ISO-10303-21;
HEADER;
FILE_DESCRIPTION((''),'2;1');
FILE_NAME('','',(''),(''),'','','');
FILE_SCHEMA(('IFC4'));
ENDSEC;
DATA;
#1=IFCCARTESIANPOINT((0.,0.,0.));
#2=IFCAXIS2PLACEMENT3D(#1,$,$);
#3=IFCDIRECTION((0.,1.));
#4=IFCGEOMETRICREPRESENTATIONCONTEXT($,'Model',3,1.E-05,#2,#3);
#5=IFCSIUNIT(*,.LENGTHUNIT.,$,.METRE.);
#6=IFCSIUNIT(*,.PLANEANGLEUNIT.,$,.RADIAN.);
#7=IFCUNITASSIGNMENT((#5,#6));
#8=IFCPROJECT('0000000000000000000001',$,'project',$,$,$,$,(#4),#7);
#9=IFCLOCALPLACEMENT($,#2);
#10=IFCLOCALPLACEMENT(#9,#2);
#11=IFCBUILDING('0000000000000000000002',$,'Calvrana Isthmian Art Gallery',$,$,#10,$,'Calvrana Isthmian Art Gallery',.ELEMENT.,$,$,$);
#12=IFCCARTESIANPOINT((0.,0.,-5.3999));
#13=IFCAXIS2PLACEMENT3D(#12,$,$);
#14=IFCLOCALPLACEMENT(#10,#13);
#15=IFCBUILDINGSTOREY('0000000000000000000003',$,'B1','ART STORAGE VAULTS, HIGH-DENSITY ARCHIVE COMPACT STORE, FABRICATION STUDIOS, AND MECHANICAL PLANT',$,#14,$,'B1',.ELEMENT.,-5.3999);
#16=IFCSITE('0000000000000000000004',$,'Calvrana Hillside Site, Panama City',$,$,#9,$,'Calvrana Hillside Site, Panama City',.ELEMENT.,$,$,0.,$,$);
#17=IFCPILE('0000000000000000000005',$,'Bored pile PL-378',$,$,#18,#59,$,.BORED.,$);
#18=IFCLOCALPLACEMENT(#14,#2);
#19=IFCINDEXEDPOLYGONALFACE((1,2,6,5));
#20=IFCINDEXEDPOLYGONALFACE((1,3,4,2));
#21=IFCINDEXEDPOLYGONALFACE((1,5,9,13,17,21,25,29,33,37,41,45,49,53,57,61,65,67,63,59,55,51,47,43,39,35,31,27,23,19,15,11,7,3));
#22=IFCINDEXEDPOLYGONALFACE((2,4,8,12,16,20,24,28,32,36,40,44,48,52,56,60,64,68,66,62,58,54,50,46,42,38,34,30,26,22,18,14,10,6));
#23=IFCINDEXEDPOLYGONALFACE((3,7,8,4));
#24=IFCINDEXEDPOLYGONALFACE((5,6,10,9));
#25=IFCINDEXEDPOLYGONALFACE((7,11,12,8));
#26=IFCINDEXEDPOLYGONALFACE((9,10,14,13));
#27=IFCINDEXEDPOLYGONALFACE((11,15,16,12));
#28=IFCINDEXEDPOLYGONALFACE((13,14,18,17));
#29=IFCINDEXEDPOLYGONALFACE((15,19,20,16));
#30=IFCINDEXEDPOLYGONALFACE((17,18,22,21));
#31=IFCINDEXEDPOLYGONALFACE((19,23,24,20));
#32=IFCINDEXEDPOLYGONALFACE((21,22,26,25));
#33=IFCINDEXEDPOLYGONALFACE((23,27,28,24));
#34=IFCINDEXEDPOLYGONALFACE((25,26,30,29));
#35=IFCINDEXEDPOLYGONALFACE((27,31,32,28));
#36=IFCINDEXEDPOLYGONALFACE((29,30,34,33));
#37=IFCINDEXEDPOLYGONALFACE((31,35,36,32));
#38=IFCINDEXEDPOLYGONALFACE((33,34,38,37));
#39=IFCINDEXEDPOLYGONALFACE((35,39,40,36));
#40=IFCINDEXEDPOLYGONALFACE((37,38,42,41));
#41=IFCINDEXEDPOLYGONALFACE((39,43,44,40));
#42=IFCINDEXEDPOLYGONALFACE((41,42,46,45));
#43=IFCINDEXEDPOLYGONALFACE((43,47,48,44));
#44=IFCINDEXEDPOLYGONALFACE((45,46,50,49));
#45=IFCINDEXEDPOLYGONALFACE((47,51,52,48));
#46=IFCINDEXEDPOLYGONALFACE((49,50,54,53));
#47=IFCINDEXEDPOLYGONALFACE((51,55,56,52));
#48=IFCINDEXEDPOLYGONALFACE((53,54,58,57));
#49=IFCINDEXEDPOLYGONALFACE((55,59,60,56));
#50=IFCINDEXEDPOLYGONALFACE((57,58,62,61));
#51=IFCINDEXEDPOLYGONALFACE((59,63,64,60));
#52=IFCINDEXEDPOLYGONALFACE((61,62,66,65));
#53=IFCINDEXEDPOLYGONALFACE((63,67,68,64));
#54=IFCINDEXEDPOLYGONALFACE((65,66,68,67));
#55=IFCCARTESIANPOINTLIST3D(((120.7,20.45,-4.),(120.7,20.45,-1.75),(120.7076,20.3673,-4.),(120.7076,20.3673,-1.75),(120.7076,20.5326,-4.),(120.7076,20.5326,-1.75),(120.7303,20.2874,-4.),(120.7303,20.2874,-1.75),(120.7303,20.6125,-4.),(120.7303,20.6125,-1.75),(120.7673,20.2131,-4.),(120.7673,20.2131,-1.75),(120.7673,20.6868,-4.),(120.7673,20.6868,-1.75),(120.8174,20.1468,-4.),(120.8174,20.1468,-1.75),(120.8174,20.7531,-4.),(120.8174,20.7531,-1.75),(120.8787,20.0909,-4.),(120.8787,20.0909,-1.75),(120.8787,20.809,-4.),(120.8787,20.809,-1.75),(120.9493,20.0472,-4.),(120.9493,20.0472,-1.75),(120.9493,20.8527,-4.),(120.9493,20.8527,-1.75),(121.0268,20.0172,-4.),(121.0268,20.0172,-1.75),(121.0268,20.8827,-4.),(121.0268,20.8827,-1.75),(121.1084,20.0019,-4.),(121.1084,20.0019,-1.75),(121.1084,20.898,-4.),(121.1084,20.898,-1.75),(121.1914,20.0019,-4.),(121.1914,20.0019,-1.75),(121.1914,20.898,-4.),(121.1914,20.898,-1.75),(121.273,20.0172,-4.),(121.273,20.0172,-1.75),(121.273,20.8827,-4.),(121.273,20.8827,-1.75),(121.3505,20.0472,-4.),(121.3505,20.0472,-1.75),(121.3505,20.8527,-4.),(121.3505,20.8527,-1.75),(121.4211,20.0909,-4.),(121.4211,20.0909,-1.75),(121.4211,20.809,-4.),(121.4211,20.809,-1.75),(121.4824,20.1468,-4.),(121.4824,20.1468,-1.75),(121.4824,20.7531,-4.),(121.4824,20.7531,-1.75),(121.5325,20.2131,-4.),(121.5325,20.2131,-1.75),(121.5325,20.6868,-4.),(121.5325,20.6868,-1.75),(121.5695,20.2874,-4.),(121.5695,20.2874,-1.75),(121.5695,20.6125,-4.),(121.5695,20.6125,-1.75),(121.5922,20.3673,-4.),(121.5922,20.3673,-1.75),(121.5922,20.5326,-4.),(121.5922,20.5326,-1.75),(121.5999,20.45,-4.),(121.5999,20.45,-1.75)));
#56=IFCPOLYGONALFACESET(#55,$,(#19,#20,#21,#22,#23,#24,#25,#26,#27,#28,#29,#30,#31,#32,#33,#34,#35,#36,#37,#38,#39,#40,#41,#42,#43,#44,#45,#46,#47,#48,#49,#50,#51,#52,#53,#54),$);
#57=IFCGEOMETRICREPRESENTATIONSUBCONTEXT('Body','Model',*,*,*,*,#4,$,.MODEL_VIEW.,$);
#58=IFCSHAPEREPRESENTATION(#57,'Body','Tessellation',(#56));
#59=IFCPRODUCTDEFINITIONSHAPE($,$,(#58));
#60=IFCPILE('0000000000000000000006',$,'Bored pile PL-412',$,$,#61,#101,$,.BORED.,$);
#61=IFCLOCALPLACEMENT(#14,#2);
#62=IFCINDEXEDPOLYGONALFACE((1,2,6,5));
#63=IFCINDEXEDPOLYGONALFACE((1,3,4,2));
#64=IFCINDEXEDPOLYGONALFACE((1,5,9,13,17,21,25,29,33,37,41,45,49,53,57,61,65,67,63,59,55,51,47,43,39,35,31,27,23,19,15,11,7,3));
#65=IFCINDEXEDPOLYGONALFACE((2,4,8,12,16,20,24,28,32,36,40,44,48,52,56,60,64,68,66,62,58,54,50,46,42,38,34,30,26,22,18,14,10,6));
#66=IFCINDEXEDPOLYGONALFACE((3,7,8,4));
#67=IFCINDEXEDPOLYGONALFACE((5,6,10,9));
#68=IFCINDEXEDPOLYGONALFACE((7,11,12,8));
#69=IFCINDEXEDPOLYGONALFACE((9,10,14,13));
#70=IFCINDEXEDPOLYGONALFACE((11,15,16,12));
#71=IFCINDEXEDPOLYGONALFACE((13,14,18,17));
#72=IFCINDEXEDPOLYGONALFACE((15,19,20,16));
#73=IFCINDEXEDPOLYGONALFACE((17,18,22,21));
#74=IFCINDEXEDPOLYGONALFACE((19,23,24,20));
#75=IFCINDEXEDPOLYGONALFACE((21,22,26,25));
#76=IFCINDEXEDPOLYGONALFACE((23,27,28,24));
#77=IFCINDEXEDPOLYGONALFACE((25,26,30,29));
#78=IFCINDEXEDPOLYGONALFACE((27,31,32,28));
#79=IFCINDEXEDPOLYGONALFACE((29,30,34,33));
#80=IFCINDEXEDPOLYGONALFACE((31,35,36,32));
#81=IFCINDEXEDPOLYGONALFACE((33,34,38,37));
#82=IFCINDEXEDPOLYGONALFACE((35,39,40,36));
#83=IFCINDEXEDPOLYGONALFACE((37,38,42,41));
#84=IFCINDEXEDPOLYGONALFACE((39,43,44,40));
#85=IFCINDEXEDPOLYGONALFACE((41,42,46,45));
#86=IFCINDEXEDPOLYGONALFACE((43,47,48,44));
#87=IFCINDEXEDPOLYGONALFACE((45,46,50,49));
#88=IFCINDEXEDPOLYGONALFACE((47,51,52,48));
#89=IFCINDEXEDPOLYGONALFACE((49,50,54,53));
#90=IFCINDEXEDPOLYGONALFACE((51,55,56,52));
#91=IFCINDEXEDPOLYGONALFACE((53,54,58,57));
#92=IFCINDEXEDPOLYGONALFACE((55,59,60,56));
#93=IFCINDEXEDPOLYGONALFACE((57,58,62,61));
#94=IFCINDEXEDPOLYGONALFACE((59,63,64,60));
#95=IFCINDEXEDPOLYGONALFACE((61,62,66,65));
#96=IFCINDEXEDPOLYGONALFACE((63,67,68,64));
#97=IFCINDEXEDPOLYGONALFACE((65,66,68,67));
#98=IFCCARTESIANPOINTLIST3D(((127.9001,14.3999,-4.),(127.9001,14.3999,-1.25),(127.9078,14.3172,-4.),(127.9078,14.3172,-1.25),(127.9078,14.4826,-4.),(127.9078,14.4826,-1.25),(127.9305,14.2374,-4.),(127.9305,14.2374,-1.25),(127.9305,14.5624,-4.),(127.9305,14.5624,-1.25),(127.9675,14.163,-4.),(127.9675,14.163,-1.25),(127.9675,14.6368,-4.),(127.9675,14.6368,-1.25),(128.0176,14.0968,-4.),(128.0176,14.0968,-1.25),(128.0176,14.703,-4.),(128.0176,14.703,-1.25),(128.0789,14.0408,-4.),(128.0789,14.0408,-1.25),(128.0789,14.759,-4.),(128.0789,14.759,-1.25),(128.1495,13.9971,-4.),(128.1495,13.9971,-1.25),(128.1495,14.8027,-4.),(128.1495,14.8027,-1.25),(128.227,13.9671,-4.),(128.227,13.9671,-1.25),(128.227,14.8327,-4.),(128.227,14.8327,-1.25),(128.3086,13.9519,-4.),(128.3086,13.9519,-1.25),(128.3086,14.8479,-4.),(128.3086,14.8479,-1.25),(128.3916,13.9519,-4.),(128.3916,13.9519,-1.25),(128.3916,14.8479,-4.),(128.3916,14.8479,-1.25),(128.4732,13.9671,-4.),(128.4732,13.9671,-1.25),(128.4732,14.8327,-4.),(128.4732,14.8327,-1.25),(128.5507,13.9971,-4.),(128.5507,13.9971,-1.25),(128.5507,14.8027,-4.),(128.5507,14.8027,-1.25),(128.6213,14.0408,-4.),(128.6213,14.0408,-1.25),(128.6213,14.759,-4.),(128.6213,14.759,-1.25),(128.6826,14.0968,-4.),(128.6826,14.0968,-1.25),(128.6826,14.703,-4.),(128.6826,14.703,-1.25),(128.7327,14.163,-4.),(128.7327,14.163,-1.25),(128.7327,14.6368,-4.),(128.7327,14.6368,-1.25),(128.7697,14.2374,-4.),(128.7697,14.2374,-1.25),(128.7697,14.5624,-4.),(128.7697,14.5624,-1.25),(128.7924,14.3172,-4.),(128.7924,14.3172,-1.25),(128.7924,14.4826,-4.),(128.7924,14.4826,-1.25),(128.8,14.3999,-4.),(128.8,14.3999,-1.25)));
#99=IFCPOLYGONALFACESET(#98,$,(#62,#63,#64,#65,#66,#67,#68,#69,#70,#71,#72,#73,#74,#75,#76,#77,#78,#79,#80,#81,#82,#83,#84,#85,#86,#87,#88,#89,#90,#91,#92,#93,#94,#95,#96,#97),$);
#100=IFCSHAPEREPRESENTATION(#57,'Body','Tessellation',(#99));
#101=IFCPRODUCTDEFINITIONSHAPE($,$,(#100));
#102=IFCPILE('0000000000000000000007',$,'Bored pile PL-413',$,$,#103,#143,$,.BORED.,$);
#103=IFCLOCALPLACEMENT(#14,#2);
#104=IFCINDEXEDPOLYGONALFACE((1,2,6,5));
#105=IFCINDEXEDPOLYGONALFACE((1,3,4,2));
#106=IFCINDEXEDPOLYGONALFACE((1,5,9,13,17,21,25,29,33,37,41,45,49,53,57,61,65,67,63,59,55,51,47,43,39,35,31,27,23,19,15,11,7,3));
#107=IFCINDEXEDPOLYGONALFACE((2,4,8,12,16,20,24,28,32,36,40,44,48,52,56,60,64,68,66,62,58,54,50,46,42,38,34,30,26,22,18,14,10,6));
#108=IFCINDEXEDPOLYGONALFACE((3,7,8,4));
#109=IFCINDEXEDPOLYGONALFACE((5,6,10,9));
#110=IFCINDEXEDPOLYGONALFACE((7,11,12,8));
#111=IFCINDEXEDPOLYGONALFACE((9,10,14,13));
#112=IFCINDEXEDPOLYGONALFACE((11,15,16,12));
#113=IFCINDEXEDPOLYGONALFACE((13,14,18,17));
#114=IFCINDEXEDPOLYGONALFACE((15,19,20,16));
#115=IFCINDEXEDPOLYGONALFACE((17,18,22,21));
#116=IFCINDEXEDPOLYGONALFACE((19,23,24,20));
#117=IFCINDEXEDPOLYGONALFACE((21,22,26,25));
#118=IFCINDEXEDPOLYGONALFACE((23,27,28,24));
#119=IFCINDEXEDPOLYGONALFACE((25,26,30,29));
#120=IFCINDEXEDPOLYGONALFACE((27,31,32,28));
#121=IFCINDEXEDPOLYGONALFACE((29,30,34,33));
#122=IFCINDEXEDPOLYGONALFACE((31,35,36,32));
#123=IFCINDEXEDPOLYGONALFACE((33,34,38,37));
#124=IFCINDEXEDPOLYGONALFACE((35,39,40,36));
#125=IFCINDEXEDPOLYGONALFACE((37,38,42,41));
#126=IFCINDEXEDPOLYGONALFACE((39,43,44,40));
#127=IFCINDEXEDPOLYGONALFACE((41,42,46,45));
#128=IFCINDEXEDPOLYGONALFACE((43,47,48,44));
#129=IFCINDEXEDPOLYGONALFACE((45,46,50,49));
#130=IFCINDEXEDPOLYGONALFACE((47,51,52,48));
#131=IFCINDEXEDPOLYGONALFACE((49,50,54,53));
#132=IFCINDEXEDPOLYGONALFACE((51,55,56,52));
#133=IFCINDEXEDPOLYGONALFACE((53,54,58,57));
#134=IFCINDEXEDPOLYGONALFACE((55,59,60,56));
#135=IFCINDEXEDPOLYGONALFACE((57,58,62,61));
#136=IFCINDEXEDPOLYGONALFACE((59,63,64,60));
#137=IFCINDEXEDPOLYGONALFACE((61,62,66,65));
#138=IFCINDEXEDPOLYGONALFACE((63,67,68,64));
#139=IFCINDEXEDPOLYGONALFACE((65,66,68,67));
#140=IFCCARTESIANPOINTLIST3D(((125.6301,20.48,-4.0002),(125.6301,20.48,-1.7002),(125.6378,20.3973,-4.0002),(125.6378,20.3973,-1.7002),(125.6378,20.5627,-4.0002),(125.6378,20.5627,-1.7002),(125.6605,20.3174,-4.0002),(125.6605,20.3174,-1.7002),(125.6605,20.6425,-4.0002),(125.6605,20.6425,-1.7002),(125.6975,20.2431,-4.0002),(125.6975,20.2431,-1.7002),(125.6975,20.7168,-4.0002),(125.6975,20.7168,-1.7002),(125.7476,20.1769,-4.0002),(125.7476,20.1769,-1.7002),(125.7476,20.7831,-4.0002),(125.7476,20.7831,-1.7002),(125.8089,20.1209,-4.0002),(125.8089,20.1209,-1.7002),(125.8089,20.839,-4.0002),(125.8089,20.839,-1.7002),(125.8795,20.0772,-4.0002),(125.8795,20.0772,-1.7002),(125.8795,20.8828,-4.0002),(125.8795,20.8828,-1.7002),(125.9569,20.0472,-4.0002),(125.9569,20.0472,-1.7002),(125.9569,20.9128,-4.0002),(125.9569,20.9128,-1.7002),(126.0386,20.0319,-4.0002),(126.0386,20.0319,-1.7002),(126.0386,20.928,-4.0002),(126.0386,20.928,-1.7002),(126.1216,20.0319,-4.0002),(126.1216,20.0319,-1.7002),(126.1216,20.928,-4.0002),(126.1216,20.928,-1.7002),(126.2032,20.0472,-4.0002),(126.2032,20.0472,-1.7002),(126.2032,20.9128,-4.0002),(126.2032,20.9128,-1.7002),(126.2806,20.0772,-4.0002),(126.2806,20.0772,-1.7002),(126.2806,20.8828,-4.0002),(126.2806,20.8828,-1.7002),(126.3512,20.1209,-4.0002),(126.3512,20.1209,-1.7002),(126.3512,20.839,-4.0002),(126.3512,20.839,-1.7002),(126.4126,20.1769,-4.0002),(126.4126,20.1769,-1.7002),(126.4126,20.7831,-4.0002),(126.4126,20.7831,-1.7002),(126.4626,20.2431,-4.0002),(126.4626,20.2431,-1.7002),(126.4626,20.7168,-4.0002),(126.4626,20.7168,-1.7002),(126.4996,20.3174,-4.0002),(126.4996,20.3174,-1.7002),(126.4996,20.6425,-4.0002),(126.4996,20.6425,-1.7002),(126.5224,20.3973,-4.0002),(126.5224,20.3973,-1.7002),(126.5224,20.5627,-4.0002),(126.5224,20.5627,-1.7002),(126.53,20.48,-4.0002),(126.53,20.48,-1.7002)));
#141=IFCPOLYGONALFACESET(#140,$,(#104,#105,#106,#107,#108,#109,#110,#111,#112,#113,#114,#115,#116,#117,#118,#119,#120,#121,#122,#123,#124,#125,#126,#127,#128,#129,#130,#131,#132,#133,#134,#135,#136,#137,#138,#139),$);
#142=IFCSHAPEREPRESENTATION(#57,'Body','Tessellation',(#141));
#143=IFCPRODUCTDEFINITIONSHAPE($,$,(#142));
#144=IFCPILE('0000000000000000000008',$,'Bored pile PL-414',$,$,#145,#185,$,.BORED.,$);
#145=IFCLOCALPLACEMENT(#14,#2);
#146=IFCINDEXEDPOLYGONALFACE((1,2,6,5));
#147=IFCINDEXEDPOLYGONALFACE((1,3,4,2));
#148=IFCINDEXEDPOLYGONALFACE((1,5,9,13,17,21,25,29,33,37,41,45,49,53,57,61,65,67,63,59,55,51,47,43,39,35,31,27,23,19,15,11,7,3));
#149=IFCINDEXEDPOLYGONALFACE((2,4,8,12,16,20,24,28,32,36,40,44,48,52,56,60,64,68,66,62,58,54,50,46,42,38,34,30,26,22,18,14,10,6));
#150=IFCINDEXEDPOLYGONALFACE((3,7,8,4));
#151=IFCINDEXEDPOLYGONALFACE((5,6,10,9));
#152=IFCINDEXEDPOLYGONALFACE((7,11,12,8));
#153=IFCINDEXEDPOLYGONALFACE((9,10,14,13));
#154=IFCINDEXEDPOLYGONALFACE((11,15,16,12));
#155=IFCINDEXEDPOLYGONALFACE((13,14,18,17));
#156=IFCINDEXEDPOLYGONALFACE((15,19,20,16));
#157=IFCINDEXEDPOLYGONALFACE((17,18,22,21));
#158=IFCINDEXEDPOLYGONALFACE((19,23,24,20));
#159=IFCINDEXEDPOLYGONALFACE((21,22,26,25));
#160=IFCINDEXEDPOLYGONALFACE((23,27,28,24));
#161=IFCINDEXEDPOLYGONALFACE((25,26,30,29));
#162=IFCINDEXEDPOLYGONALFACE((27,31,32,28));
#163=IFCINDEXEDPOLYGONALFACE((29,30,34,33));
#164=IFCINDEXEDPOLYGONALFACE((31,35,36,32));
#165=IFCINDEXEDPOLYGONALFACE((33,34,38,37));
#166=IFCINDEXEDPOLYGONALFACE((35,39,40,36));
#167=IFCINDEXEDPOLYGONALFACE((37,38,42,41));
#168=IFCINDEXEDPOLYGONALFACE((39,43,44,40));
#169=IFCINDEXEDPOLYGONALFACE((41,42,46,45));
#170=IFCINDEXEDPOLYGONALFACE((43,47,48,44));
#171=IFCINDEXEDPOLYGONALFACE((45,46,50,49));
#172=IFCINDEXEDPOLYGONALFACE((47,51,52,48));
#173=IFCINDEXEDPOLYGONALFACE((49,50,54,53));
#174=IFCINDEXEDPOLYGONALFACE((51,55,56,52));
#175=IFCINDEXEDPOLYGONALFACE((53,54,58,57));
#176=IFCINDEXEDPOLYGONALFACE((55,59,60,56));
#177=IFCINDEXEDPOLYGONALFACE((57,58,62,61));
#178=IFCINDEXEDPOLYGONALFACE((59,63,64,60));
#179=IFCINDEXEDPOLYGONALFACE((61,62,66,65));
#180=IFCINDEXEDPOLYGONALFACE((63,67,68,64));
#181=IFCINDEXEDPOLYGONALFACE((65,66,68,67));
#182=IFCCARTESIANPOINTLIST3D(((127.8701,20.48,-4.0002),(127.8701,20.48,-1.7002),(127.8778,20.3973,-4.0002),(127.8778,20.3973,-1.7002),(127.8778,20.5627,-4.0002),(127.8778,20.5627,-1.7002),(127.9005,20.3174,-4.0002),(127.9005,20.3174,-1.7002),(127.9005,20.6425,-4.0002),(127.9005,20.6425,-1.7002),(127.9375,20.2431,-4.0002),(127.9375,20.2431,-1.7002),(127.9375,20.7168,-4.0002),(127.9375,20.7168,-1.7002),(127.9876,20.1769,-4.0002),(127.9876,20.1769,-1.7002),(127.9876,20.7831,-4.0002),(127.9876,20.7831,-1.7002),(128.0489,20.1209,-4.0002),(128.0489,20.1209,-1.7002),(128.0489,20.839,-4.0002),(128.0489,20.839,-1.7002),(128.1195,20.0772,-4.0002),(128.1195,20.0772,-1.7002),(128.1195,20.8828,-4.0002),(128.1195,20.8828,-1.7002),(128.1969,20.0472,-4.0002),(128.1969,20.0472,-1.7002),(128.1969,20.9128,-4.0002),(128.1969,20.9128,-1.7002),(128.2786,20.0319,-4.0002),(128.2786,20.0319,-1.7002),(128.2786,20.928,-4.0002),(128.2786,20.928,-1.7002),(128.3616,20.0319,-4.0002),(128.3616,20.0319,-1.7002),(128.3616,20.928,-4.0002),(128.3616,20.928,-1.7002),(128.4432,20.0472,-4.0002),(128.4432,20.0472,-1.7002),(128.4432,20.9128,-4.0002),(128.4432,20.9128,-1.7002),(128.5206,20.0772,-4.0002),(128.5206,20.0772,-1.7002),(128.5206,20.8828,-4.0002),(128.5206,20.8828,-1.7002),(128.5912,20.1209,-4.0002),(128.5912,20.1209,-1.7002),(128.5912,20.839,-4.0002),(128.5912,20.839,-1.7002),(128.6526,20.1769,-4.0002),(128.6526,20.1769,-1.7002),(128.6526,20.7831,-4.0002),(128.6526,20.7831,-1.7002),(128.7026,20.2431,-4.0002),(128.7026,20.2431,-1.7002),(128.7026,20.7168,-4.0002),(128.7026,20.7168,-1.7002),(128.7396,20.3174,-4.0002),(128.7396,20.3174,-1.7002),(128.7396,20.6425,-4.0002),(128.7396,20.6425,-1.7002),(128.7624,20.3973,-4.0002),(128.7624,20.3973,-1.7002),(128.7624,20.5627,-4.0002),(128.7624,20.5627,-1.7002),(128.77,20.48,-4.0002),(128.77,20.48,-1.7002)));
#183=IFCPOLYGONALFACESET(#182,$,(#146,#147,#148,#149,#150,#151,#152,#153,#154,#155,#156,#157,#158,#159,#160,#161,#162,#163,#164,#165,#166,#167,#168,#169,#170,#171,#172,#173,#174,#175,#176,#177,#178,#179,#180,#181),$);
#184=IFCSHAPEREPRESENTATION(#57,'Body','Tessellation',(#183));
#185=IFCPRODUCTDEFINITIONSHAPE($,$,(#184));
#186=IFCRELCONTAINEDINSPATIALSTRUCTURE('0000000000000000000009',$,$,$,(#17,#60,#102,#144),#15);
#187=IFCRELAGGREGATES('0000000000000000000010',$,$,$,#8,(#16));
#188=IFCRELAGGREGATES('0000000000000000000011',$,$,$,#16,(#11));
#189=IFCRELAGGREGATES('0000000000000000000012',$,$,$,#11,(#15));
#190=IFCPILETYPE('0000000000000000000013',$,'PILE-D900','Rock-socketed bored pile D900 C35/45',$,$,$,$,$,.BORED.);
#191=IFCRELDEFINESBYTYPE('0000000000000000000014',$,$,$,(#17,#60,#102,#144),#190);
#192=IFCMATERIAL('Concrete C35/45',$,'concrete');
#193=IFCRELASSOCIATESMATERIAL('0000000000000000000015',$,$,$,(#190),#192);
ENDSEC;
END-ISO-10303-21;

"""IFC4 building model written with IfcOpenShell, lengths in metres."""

from ifc_helpers import new_model, si_unit, direction, frame, origin, origin_2d, place, context, subcontext, project, spatial, circle, extrude, material, material_profile, profile_set, type_object, element, save


model = new_model("IFC4")

# Units and contexts
model_context = context("Model", 3, precision=1e-05, world=origin(), true_north=direction((0.0, 1.0)))
body_context = subcontext(model_context, "Body", "Model", "MODEL_VIEW")
ifc_project = project(units=[si_unit("LENGTHUNIT", "METRE"), si_unit("PLANEANGLEUNIT", "RADIAN")], contexts=[model_context])

# Site, building, storey
site_placement = place(None, origin())
site = spatial("IfcSite", under=ifc_project, at=site_placement, Name="Calvrana Hillside Site, Panama City", LongName="Calvrana Hillside Site, Panama City", CompositionType="ELEMENT", RefElevation=0.0)
building_placement = place(site_placement, origin())
building = spatial("IfcBuilding", under=site, at=building_placement, Name="Calvrana Isthmian Art Gallery", LongName="Calvrana Isthmian Art Gallery", CompositionType="ELEMENT")
storey_placement = place(building_placement, frame((0.0, 0.0, -5.3999)))
storey = spatial("IfcBuildingStorey", under=building, at=storey_placement, Name="B1", Description="ART STORAGE VAULTS, HIGH-DENSITY ARCHIVE COMPACT STORE, FABRICATION STUDIOS, AND MECHANICAL PLANT", LongName="B1", CompositionType="ELEMENT", Elevation=-5.3999)

# Shared definitions
ifc_material_1 = material(Name="Concrete C35/45", Category="concrete")

# Piles
ifc_material_profile_1 = material_profile(ifc_material_1, circle(Radius=0.45, at=origin_2d()), Name="PILE900D")
ifc_profile_set_1 = profile_set([ifc_material_profile_1], Name="Concrete C35/45")
pile_type_1 = type_object("IfcPileType", Name="PILE-D900", Description="Rock-socketed bored pile D900 C35/45", PredefinedType="BORED", material=ifc_profile_set_1)
pile_1_placement = place(storey_placement, frame((121.1499, 20.45, -1.75), z_axis=(0.0, 0.0, -1.0), x_axis=(1.0, 0.0, 0.0)))
element("IfcPile", 1, at=pile_1_placement, inside=storey, type_object=pile_type_1, Name="Bored pile PL-378", PredefinedType="BORED", context=body_context, shape_type="SweptSolid", body=[
    extrude(circle(Radius=0.45, at=origin_2d()), origin(), (0.0, 0.0, 1.0), 2.25),
])
pile_2_placement = place(storey_placement, frame((128.3501, 14.3999, -1.25), z_axis=(0.0, 0.0, -1.0), x_axis=(1.0, 0.0, 0.0)))
element("IfcPile", 2, at=pile_2_placement, inside=storey, type_object=pile_type_1, Name="Bored pile PL-412", PredefinedType="BORED", context=body_context, shape_type="SweptSolid", body=[
    extrude(circle(Radius=0.45, at=origin_2d()), origin(), (0.0, 0.0, 1.0), 2.75),
])
for number, where, z_axis, x_axis, name in (
    (3, (126.0801, 20.48, -1.7002), (0.0, 0.0, -1.0), (1.0, 0.0, 0.0), "Bored pile PL-413"),
    (4, (128.3201, 20.48, -1.7002), (0.0, 0.0, -1.0), (1.0, 0.0, 0.0), "Bored pile PL-414"),
):
    element("IfcPile", number, at=place(storey_placement, frame(where, z_axis=z_axis, x_axis=x_axis)), inside=storey, type_object=pile_type_1, Name=name, PredefinedType="BORED", context=body_context, shape_type="SweptSolid", body=[
        extrude(circle(Radius=0.45, at=origin_2d()), origin(), (0.0, 0.0, 1.0), 2.3),
    ])

save(model, "model.ifc")
